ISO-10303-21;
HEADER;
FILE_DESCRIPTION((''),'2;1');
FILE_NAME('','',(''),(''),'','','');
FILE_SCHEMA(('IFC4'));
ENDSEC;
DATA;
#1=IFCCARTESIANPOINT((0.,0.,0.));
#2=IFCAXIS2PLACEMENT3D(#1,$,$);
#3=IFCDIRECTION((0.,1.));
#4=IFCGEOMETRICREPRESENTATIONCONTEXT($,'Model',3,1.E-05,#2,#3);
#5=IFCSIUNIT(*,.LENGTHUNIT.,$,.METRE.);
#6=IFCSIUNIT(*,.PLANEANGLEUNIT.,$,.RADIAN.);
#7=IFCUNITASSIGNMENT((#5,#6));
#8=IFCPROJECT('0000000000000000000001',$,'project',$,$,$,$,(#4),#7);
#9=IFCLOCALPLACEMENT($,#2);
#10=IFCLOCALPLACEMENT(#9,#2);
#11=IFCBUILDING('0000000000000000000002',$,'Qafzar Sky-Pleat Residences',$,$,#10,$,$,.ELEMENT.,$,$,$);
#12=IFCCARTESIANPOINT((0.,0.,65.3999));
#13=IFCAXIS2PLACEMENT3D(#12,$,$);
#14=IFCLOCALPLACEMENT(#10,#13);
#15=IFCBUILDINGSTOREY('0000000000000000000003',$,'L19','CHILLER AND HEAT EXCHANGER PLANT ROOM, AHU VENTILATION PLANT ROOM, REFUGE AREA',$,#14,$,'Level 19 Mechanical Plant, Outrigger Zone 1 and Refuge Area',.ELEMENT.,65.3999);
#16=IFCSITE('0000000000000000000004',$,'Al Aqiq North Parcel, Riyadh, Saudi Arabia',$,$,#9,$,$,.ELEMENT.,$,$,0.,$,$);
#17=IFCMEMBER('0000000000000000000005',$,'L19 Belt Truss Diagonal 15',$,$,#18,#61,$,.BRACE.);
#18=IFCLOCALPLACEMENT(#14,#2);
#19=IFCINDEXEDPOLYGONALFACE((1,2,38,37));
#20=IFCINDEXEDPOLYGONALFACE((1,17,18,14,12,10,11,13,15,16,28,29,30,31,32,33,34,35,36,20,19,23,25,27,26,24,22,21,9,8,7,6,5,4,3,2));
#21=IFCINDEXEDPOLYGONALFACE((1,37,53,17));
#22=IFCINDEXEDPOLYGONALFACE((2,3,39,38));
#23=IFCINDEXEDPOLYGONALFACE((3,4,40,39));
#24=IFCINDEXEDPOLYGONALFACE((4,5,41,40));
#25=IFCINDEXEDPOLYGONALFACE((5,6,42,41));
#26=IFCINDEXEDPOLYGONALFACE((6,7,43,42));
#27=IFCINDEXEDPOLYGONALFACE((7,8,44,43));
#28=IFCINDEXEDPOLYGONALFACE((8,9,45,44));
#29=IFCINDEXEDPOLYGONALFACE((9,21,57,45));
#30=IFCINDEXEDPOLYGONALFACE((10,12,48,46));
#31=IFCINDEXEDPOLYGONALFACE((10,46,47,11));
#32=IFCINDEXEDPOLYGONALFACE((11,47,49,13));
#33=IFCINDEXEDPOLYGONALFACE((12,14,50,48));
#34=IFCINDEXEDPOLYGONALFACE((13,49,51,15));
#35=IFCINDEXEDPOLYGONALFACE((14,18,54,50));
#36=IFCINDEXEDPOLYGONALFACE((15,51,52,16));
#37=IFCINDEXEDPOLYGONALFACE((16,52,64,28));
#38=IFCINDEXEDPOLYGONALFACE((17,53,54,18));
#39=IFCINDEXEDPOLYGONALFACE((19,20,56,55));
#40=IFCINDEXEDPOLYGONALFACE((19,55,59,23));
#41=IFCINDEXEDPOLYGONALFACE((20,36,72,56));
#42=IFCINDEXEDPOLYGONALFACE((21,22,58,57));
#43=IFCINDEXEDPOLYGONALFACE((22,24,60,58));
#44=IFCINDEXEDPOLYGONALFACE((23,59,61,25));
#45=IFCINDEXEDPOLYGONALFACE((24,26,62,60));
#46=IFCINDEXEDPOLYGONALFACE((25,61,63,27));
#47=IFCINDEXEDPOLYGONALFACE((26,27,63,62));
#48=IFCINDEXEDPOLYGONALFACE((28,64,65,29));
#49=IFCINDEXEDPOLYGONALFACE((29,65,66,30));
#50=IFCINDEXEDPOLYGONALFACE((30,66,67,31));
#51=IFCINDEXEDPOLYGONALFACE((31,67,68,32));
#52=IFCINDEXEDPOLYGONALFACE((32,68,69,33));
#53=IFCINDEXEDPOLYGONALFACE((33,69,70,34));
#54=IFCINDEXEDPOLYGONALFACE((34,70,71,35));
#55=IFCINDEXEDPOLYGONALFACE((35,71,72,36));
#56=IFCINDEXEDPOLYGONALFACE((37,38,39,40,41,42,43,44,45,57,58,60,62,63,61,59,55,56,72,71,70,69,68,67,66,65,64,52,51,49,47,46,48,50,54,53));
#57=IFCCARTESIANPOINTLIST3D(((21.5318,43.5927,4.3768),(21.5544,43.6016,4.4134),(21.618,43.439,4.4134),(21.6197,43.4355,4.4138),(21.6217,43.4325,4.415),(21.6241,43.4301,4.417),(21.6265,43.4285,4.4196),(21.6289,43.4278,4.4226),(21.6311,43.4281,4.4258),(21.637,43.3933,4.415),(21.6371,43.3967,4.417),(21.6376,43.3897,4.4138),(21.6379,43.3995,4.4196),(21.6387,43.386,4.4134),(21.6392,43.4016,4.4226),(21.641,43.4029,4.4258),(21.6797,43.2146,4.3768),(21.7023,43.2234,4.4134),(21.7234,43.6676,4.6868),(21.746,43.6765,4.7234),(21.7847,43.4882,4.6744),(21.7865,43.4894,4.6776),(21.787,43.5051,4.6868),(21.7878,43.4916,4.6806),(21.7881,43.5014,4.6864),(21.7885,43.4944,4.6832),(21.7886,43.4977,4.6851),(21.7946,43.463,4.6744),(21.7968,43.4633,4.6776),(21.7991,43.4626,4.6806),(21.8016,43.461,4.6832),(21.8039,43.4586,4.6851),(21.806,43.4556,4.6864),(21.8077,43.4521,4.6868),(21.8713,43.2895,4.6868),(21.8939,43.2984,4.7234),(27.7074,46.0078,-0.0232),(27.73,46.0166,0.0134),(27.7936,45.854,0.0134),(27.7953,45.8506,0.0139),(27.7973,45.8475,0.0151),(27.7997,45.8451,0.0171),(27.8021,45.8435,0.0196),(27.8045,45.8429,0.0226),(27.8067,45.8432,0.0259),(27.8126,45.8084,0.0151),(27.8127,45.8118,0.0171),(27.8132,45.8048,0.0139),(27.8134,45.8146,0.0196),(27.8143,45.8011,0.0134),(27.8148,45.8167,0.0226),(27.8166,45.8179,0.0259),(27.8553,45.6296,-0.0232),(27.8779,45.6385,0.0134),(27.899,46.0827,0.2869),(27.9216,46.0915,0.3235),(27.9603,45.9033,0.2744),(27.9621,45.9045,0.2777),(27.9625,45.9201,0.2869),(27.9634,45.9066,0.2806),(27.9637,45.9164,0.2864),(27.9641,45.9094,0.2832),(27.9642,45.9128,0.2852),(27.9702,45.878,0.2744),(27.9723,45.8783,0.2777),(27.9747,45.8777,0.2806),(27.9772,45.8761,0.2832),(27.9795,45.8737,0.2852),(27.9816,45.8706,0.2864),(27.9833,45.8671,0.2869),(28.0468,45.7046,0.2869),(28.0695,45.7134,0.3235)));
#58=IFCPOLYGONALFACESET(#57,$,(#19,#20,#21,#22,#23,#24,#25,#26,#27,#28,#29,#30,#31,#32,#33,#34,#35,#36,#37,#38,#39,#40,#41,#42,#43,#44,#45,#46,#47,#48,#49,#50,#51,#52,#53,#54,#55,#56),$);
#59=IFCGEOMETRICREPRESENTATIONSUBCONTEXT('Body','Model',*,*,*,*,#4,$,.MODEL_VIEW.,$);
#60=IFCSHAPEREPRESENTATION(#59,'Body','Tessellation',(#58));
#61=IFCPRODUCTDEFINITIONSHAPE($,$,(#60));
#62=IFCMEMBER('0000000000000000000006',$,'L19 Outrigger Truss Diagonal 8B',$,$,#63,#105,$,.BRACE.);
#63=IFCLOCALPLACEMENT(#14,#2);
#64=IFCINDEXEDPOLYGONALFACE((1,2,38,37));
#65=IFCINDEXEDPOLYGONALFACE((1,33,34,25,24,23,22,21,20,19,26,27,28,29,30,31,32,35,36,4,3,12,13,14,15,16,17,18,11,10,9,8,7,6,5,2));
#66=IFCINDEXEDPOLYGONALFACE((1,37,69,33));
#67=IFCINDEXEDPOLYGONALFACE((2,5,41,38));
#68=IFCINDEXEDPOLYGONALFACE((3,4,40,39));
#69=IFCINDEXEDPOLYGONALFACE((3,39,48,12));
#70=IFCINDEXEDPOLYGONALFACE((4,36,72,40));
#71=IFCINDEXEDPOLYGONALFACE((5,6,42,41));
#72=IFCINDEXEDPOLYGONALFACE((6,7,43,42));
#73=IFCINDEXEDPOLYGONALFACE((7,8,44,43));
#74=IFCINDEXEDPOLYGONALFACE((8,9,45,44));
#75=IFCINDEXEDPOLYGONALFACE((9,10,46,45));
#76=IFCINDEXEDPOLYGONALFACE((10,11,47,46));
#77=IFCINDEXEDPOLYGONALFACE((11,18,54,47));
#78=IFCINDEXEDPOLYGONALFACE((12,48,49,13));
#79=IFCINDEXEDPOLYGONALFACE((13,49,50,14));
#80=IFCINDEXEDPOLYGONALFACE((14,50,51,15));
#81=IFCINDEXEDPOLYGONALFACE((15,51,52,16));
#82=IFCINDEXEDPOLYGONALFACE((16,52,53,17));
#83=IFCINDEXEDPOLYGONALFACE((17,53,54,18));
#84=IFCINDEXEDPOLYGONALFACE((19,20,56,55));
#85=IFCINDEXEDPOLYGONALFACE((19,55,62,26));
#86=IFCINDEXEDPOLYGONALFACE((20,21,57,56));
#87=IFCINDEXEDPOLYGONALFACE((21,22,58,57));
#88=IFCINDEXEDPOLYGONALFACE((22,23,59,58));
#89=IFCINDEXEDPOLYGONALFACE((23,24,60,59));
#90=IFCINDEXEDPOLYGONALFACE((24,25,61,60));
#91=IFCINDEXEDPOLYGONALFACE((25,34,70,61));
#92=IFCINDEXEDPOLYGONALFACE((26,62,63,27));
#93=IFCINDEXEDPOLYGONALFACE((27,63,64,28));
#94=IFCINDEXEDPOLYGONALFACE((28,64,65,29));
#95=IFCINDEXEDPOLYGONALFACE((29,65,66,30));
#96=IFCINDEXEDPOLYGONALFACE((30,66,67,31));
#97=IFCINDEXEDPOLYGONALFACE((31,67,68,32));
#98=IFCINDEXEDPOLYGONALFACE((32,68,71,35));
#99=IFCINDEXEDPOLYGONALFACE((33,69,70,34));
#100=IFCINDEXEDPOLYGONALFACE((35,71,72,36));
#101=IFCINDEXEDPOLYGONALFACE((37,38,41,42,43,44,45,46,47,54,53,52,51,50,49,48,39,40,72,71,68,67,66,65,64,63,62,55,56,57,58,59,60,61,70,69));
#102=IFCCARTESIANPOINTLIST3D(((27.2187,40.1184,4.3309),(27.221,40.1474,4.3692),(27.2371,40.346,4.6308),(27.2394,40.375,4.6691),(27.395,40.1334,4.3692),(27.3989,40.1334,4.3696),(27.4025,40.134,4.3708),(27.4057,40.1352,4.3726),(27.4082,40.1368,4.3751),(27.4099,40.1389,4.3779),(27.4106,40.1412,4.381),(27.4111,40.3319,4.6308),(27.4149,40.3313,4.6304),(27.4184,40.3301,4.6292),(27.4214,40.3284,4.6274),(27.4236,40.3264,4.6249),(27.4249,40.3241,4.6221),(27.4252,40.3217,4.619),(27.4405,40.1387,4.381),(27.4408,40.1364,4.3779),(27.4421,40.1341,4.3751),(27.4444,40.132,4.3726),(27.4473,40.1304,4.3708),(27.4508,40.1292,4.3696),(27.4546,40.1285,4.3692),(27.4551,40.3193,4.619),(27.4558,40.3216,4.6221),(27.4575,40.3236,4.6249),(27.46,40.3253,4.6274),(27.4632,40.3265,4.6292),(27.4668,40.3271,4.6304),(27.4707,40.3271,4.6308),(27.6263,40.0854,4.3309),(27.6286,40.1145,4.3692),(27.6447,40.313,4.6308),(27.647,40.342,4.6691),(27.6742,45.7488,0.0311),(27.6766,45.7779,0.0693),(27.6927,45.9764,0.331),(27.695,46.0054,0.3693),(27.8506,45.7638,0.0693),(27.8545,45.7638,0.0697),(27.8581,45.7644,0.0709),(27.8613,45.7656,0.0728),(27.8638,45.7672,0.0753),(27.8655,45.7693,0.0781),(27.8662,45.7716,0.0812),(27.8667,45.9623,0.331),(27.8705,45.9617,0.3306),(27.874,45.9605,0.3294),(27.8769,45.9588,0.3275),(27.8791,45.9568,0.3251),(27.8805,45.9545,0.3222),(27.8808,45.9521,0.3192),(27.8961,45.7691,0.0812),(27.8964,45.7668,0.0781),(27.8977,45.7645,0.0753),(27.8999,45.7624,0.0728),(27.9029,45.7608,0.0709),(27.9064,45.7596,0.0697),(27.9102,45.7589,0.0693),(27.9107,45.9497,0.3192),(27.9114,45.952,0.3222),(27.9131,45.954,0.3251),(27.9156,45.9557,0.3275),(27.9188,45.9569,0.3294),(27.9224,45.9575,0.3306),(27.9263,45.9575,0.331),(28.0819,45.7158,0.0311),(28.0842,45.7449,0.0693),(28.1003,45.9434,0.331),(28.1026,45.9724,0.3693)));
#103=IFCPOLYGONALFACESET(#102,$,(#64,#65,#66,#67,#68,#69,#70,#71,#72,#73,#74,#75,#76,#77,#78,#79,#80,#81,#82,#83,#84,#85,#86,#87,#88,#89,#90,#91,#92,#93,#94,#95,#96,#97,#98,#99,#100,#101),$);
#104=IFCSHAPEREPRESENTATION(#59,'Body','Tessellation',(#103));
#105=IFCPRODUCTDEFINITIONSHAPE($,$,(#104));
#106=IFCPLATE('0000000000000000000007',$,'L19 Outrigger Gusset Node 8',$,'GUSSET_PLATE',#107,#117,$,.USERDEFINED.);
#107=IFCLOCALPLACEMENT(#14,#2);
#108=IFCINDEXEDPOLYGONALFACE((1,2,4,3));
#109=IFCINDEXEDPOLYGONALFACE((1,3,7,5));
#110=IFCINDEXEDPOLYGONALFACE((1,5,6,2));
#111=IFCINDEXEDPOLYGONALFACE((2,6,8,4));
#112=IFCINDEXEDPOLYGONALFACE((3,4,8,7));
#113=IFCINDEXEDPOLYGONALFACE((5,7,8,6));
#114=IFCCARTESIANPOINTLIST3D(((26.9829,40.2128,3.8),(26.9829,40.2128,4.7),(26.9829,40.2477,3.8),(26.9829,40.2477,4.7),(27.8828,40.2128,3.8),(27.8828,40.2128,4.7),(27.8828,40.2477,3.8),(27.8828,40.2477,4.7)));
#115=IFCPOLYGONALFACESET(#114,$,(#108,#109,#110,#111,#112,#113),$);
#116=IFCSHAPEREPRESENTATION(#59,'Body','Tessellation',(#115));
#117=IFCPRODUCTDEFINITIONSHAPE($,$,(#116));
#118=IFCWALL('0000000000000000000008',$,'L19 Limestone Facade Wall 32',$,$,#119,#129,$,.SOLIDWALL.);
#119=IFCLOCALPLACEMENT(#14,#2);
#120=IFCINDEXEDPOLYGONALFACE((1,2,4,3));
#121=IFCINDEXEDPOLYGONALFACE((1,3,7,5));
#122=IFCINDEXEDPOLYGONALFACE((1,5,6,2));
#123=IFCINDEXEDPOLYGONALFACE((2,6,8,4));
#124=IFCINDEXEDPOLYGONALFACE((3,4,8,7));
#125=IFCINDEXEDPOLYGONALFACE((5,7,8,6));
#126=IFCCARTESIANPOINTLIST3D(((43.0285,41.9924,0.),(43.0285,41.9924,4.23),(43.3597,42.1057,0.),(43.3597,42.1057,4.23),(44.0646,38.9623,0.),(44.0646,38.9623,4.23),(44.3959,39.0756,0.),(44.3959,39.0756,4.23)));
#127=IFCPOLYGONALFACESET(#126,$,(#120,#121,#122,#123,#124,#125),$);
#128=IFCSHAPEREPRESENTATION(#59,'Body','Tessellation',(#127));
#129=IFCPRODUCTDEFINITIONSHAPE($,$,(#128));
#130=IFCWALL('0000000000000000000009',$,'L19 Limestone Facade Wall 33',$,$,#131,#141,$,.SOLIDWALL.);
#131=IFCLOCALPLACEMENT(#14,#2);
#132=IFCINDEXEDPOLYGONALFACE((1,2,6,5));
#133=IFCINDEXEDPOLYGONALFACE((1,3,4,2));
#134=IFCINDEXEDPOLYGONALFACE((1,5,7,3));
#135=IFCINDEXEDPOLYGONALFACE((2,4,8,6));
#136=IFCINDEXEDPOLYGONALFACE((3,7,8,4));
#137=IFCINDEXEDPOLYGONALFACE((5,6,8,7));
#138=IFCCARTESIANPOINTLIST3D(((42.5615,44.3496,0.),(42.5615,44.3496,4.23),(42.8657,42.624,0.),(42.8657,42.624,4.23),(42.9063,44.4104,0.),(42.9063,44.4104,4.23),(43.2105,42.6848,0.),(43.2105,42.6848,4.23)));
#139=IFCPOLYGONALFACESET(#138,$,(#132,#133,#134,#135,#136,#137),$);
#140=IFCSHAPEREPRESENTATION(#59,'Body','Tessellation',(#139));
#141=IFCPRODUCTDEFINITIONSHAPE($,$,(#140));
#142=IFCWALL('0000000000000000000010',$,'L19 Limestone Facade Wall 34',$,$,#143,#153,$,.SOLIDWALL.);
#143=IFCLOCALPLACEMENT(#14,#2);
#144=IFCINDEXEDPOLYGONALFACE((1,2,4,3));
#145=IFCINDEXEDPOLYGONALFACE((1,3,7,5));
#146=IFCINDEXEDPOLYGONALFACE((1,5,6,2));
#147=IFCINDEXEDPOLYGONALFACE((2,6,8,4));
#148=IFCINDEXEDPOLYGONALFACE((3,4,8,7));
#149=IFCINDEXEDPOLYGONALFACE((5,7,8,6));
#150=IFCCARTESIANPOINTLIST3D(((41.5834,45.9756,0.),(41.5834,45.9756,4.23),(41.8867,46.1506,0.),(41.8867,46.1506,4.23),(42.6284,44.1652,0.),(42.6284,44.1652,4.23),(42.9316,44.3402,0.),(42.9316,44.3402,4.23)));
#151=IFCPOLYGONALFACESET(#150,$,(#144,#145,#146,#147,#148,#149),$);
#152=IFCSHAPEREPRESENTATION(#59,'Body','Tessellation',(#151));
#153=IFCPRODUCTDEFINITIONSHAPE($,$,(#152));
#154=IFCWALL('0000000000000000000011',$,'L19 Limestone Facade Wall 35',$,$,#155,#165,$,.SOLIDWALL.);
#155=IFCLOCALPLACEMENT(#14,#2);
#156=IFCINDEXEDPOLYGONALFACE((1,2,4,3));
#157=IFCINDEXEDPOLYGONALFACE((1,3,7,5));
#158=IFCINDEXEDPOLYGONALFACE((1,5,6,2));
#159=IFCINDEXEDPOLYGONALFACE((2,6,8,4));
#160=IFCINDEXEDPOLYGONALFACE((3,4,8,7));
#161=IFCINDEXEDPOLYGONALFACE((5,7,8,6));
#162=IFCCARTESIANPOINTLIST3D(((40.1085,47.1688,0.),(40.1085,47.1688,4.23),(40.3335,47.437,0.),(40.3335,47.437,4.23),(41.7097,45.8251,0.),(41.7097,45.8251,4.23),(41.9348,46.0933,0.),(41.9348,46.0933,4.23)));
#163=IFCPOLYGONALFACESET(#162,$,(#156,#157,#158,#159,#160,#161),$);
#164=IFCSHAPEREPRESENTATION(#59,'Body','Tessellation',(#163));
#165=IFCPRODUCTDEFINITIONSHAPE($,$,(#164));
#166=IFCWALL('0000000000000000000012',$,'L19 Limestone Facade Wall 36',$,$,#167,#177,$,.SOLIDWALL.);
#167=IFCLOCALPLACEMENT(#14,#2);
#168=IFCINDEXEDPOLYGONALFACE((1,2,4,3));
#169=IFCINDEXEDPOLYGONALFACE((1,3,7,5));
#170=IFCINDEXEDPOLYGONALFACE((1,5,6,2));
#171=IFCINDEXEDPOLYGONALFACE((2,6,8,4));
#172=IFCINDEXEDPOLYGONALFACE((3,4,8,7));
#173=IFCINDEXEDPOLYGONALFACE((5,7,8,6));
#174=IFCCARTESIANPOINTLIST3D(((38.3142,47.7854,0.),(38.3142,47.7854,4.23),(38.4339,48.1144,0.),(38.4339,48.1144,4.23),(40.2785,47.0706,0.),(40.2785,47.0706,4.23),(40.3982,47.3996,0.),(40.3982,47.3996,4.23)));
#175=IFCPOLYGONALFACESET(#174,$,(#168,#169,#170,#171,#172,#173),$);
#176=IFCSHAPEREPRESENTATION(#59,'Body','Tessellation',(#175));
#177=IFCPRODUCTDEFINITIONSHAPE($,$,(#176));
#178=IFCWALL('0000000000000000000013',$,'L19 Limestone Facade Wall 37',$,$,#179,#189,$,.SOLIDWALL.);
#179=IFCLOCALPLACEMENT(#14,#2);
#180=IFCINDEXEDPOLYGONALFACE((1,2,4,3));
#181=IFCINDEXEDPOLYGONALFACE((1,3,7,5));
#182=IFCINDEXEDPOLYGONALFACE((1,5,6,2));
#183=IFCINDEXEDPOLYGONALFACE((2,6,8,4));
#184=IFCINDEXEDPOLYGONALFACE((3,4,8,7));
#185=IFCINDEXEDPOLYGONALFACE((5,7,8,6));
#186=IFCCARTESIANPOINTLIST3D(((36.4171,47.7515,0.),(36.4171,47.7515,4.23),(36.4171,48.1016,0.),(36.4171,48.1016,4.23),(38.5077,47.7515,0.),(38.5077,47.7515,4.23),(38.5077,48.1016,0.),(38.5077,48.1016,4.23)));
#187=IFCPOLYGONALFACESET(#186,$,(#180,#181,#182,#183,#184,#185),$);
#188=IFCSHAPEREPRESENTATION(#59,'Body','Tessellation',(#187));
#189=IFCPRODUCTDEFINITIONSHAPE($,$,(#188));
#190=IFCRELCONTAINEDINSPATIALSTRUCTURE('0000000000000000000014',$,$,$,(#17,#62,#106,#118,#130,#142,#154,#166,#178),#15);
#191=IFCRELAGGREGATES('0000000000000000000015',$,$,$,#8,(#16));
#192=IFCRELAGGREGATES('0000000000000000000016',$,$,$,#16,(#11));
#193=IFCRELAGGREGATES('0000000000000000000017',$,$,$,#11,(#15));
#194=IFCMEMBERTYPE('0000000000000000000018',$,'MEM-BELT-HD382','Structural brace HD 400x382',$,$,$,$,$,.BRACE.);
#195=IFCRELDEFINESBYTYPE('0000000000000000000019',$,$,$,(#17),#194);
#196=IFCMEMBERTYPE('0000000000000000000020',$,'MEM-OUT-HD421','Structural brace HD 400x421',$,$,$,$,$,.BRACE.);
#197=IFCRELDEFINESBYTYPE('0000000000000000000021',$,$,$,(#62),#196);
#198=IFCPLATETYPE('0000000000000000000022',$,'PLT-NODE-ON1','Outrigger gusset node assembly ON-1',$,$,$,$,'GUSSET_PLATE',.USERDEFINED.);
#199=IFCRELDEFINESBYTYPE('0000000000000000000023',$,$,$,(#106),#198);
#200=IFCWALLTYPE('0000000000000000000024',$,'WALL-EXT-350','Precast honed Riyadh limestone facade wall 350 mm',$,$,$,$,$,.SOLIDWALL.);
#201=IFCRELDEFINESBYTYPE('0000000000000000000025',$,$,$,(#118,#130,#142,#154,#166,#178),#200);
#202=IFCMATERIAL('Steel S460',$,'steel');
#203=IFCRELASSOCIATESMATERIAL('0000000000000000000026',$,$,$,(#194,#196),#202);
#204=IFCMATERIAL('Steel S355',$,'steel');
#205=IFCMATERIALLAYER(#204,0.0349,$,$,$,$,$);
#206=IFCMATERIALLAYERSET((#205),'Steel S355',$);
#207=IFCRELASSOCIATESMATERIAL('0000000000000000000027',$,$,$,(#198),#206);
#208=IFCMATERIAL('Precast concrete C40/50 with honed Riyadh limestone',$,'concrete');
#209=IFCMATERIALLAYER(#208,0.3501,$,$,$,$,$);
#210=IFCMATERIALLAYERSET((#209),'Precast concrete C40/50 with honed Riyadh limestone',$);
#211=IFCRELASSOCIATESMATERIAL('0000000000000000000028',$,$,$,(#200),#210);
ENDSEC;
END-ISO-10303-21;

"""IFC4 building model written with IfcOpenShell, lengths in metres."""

from ifc_helpers import new_model, si_unit, direction, frame, frame_2d, origin, origin_2d, place, context, subcontext, project, spatial, rectangle, i_section, extrude, source, transform, mapped, material, layer, layer_set, material_profile, profile_set, type_object, element, save


model = new_model("IFC4")

# Units and contexts
model_context = context("Model", 3, precision=1e-05, world=origin(), true_north=direction((0.0, 1.0)))
body_context = subcontext(model_context, "Body", "Model", "MODEL_VIEW")
ifc_project = project(units=[si_unit("LENGTHUNIT", "METRE"), si_unit("PLANEANGLEUNIT", "RADIAN")], contexts=[model_context])

# Site, building, storey
site_placement = place(None, origin())
site = spatial("IfcSite", under=ifc_project, at=site_placement, Name="Al Aqiq North Parcel, Riyadh, Saudi Arabia", CompositionType="ELEMENT", RefElevation=0.0)
building_placement = place(site_placement, origin())
building = spatial("IfcBuilding", under=site, at=building_placement, Name="Qafzar Sky-Pleat Residences", CompositionType="ELEMENT")
storey_placement = place(building_placement, frame((0.0, 0.0, 65.3999)))
storey = spatial("IfcBuildingStorey", under=building, at=storey_placement, Name="L19", Description="CHILLER AND HEAT EXCHANGER PLANT ROOM, AHU VENTILATION PLANT ROOM, REFUGE AREA", LongName="Level 19 Mechanical Plant, Outrigger Zone 1 and Refuge Area", CompositionType="ELEMENT", Elevation=65.3999)

# Shared definitions
ifc_material_1 = material(Name="Steel S460", Category="steel")

# Shared definitions
ifc_material_2 = material(Name="Steel S355", Category="steel")

# Members
ifc_material_profile_1 = material_profile(ifc_material_1, i_section(OverallWidth=0.406, OverallDepth=0.416, WebThickness=0.0271, FlangeThickness=0.0439, FilletRadius=0.0149, at=origin_2d()), Name="HD 400x382")
ifc_profile_set_1 = profile_set([ifc_material_profile_1], Name="Steel S460")
member_type_1 = type_object("IfcMemberType", Name="MEM-BELT-HD382", Description="Structural brace HD 400x382", PredefinedType="BRACE", material=ifc_profile_set_1)
shared_shape_1 = source(origin(), body_context, "Body", "SweptSolid", [
    extrude(i_section(OverallWidth=0.406, OverallDepth=0.416, WebThickness=0.0271, FlangeThickness=0.0439, FilletRadius=0.0149, at=origin_2d()), origin(), (0.0, 0.0, 1.0), 7.958),
])
member_1_placement = place(storey_placement, frame((27.8884, 45.8606, 0.1501), z_axis=(-0.776022, -0.303475, 0.552895), x_axis=(0.364206, -0.931318, 0.0)))
element("IfcMember", 1, at=member_1_placement, inside=storey, type_object=member_type_1, Name="L19 Belt Truss Diagonal 15", PredefinedType="BRACE", context=body_context, shape_type="MappedRepresentation", body=[
    mapped(shared_shape_1, transform((0.0, 0.0, 0.0), x_axis=(1.0, 0.0, 0.0), y_axis=(0.0, 1.0, 0.0), z_axis=(0.0, 0.0, 1.0), scale=1.0)),
])
ifc_material_profile_2 = material_profile(ifc_material_1, i_section(OverallWidth=0.4089, OverallDepth=0.425, WebThickness=0.03, FlangeThickness=0.0481, FilletRadius=0.0149, at=origin_2d()), Name="HD 400x421")
ifc_profile_set_2 = profile_set([ifc_material_profile_2], Name="Steel S460")
member_type_2 = type_object("IfcMemberType", Name="MEM-OUT-HD421", Description="Structural brace HD 400x421", PredefinedType="BRACE", material=ifc_profile_set_2)
shared_shape_2 = source(origin(), body_context, "Body", "SweptSolid", [
    extrude(i_section(OverallWidth=0.4089, OverallDepth=0.425, WebThickness=0.03, FlangeThickness=0.0481, FilletRadius=0.0149, at=origin_2d()), origin(), (0.0, 0.0, 1.0), 7.0991),
])
member_2_placement = place(storey_placement, frame((27.4329, 40.2302, 4.5), z_axis=(0.064173, 0.793113, -0.605685), x_axis=(-0.996743, 0.080649, 0.0)))
element("IfcMember", 2, at=member_2_placement, inside=storey, type_object=member_type_2, Name="L19 Outrigger Truss Diagonal 8B", PredefinedType="BRACE", context=body_context, shape_type="MappedRepresentation", body=[
    mapped(shared_shape_2, transform((0.0, 0.0, 0.0), x_axis=(1.0, 0.0, 0.0), y_axis=(0.0, 1.0, 0.0), z_axis=(0.0, 0.0, 1.0), scale=1.0)),
])

# Plate
ifc_layer_1 = layer(ifc_material_2, 0.0349)
ifc_layer_set_1 = layer_set([ifc_layer_1], Name="Steel S355")
plate_type = type_object("IfcPlateType", Name="PLT-NODE-ON1", Description="Outrigger gusset node assembly ON-1", ElementType="GUSSET_PLATE", PredefinedType="USERDEFINED", material=ifc_layer_set_1)
shared_shape_3 = source(origin(), body_context, "Body", "SweptSolid", [
    extrude(rectangle(XDim=0.8999, YDim=0.0349, at=origin_2d()), origin(), (0.0, 0.0, 1.0), 0.8999),
])
plate_placement = place(storey_placement, frame((27.4329, 40.2302, 3.8), z_axis=(0.0, 0.0, 1.0), x_axis=(1.0, 0.0, 0.0)))
element("IfcPlate", 3, at=plate_placement, inside=storey, type_object=plate_type, Name="L19 Outrigger Gusset Node 8", ObjectType="GUSSET_PLATE", PredefinedType="USERDEFINED", context=body_context, shape_type="MappedRepresentation", body=[
    mapped(shared_shape_3, transform((0.0, 0.0, 0.0), x_axis=(1.0, 0.0, 0.0), y_axis=(0.0, 1.0, 0.0), z_axis=(0.0, 0.0, 1.0), scale=1.0)),
])

# Walls
ifc_material_3 = material(Name="Precast concrete C40/50 with honed Riyadh limestone", Category="concrete")
ifc_layer_2 = layer(ifc_material_3, 0.3501)
ifc_layer_set_2 = layer_set([ifc_layer_2], Name="Precast concrete C40/50 with honed Riyadh limestone")
wall_type = type_object("IfcWallType", Name="WALL-EXT-350", Description="Precast honed Riyadh limestone facade wall 350 mm", PredefinedType="SOLIDWALL", material=ifc_layer_set_2)
wall_1_placement = place(storey_placement, frame((44.2302, 39.019, 0.0), z_axis=(0.0, 0.0, 1.0), x_axis=(-0.32356, 0.946208, 0.0)))
element("IfcWall", 4, at=wall_1_placement, inside=storey, type_object=wall_type, Name="L19 Limestone Facade Wall 32", PredefinedType="SOLIDWALL", context=body_context, shape_type="SweptSolid", body=[
    extrude(rectangle(XDim=3.2024, YDim=0.3501, at=frame_2d((1.6011, 0.0))), origin(), (0.0, 0.0, 1.0), 4.23),
])
wall_2_placement = place(storey_placement, frame((43.0381, 42.6545, 0.0), z_axis=(0.0, 0.0, 1.0), x_axis=(-0.17361, 0.984814, 0.0)))
element("IfcWall", 5, at=wall_2_placement, inside=storey, type_object=wall_type, Name="L19 Limestone Facade Wall 33", PredefinedType="SOLIDWALL", context=body_context, shape_type="SweptSolid", body=[
    extrude(rectangle(XDim=1.7522, YDim=0.3501, at=frame_2d((0.876, 0.0))), origin(), (0.0, 0.0, 1.0), 4.23),
])
for number, where, z_axis, x_axis, name in (
    (6, (42.78, 44.2527, 0.0), (0.0, 0.0, 1.0), (-0.499908, 0.866079, 0.0), "L19 Limestone Facade Wall 34"),
    (7, (41.8223, 45.9592, 0.0), (0.0, 0.0, 1.0), (-0.766025, 0.642811, 0.0), "L19 Limestone Facade Wall 35"),
    (8, (40.3384, 47.2351, 0.0), (0.0, 0.0, 1.0), (-0.939712, 0.341968, 0.0), "L19 Limestone Facade Wall 36"),
):
    element("IfcWall", number, at=place(storey_placement, frame(where, z_axis=z_axis, x_axis=x_axis)), inside=storey, type_object=wall_type, Name=name, PredefinedType="SOLIDWALL", context=body_context, shape_type="SweptSolid", body=[
        extrude(rectangle(XDim=2.0903, YDim=0.3501, at=frame_2d((1.0452, 0.0))), origin(), (0.0, 0.0, 1.0), 4.23),
    ])
wall_3_placement = place(storey_placement, frame((38.5078, 47.9265, 0.0), z_axis=(0.0, 0.0, 1.0), x_axis=(-1.0, 0.0, 0.0)))
element("IfcWall", 9, at=wall_3_placement, inside=storey, type_object=wall_type, Name="L19 Limestone Facade Wall 37", PredefinedType="SOLIDWALL", context=body_context, shape_type="SweptSolid", body=[
    extrude(rectangle(XDim=2.0906, YDim=0.3501, at=frame_2d((1.0454, 0.0))), origin(), (0.0, 0.0, 1.0), 4.23),
])

save(model, "model.ifc")
